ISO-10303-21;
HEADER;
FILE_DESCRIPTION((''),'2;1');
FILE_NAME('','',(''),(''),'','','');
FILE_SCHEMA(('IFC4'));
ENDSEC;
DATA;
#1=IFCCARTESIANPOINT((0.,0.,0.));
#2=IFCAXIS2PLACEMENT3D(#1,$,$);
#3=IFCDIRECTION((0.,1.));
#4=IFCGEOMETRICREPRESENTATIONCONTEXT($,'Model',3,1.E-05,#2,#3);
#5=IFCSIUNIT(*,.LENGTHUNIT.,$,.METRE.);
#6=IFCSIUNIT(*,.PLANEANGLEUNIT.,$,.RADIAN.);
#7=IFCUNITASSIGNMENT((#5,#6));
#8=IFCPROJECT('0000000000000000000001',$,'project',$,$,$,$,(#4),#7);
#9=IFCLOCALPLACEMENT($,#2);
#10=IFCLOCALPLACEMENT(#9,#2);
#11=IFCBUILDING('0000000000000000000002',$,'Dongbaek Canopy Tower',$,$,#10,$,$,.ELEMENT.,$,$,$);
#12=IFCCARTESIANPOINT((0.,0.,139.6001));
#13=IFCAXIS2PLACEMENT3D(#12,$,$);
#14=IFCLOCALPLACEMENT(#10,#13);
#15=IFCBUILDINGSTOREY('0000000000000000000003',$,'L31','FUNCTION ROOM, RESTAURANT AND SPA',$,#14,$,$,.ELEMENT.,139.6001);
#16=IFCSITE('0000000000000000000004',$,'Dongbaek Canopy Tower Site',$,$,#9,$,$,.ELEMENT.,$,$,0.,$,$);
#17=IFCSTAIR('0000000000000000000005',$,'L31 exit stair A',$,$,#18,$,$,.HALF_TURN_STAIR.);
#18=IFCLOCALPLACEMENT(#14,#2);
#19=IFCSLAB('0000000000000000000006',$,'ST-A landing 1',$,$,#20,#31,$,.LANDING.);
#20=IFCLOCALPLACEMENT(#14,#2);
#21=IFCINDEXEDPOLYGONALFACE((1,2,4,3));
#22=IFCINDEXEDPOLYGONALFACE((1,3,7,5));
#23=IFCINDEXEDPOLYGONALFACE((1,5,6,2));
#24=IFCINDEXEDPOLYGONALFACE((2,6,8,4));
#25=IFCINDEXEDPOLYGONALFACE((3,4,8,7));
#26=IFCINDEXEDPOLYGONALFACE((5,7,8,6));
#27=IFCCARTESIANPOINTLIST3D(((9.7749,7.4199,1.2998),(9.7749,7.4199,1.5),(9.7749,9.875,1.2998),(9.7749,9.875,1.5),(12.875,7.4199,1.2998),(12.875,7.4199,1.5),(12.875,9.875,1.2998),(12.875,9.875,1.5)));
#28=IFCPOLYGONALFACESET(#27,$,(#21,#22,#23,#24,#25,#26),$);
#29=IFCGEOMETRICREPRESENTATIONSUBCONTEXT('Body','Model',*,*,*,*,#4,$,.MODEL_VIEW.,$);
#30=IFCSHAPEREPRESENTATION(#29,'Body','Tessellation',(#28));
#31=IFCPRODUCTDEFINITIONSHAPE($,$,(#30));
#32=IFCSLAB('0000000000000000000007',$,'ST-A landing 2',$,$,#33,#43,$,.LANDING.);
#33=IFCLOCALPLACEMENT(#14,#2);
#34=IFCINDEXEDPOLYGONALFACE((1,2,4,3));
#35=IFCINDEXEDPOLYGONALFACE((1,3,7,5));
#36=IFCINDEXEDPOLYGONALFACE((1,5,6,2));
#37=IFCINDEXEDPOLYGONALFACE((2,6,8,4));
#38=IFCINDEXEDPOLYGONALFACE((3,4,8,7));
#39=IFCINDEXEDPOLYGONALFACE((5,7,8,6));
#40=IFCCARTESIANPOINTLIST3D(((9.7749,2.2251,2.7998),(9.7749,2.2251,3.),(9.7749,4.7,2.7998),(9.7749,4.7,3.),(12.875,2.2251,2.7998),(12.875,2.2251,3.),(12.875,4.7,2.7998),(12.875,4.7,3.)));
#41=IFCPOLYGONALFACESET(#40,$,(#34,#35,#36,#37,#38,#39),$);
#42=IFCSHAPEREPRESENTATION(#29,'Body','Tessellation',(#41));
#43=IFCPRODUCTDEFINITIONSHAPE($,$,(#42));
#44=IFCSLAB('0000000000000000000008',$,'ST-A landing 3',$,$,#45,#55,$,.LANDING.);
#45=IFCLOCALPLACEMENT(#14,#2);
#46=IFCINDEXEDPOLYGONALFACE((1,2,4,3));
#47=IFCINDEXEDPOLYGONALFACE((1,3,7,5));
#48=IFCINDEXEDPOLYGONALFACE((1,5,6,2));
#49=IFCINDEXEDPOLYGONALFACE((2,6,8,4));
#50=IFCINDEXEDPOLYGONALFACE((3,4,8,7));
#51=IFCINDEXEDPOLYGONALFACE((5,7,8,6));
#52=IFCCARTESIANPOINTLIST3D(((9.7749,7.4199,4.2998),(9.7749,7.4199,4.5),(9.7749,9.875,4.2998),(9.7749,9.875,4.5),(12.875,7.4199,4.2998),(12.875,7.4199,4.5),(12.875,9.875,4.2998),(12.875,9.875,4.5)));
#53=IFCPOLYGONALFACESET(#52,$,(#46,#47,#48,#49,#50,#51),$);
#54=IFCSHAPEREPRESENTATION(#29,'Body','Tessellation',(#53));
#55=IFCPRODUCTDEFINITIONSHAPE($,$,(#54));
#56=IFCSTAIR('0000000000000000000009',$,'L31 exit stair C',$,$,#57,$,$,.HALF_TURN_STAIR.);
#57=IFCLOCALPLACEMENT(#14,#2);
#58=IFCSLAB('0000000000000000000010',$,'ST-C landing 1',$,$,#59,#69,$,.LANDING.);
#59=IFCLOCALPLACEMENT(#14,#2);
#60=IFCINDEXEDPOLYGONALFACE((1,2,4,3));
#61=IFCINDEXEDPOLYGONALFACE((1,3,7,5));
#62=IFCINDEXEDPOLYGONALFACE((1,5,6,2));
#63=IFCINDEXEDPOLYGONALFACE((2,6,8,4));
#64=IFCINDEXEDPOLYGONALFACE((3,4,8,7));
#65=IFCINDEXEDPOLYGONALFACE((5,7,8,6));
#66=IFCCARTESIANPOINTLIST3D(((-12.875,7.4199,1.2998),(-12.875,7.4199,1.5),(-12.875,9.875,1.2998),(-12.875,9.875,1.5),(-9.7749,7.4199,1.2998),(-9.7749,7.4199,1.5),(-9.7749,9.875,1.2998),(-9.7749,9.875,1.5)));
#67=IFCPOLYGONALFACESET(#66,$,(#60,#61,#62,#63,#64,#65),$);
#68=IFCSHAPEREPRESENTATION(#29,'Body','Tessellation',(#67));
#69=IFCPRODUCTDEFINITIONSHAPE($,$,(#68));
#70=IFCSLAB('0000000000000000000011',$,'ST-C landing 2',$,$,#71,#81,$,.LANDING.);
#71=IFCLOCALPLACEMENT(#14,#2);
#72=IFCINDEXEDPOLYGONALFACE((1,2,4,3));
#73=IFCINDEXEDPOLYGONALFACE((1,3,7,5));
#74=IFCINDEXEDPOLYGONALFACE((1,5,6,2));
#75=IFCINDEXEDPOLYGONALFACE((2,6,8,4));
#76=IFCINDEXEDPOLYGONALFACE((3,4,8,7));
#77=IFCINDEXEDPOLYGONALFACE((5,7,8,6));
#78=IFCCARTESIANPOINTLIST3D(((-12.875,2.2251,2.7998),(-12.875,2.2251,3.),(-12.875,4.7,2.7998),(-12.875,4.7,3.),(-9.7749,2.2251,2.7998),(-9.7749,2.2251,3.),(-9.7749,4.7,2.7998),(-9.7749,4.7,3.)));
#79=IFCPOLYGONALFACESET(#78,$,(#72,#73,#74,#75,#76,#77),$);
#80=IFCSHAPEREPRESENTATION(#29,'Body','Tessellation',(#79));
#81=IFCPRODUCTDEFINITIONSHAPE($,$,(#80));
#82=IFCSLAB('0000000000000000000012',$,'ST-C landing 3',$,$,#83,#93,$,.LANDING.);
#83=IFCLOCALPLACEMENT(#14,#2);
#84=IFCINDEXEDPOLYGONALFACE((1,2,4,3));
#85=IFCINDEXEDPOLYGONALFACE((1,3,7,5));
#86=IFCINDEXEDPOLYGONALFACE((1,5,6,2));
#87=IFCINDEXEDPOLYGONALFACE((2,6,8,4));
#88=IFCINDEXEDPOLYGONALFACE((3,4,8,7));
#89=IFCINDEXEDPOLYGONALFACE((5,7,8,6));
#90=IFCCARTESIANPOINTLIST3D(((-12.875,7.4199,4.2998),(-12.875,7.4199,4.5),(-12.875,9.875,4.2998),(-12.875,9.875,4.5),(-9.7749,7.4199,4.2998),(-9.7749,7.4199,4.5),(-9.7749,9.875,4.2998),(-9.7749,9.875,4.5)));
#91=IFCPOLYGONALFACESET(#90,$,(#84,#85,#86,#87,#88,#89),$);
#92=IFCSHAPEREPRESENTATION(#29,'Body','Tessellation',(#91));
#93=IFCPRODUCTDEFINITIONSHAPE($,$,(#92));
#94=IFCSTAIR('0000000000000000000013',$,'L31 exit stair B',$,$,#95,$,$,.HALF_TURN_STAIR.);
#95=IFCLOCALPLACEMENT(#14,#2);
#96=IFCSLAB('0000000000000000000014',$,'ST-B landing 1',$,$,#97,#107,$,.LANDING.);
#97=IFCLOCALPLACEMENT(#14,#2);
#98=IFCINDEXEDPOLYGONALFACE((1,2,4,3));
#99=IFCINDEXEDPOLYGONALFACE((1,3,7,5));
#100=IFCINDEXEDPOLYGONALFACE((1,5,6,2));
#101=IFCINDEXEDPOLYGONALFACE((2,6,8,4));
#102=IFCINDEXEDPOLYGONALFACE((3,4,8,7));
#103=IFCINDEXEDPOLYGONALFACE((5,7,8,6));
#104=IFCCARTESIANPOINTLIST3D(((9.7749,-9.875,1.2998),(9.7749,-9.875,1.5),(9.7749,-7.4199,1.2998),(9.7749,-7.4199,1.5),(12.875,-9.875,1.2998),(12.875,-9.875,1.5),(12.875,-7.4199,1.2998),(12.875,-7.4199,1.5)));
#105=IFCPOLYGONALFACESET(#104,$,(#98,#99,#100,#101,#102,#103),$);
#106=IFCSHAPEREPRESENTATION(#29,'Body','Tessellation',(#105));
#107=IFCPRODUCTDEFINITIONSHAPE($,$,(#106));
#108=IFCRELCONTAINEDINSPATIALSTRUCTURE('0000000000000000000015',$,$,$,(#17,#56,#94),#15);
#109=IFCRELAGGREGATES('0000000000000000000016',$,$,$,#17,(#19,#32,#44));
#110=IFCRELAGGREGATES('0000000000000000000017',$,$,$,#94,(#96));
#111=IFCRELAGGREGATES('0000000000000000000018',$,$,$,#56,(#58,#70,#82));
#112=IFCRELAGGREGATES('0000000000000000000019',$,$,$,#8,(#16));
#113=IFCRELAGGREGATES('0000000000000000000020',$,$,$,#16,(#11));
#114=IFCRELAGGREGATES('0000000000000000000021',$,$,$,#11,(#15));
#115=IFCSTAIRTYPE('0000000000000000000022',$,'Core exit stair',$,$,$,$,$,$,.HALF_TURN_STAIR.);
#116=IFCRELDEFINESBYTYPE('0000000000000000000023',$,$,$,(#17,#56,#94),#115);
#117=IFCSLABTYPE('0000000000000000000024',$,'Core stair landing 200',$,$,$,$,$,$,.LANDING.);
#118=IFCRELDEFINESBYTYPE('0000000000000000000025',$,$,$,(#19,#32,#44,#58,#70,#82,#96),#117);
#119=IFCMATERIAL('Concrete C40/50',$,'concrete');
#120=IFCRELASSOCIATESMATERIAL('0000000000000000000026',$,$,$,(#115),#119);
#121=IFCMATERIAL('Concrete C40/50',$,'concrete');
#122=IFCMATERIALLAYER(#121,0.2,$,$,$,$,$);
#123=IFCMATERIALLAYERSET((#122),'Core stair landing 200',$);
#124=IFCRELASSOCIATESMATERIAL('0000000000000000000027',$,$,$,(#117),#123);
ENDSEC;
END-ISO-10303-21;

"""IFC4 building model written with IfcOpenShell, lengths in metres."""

from ifc_helpers import new_model, si_unit, direction, frame, origin, place, context, subcontext, project, spatial, polyline, outline, extrude, material, layer, layer_set, type_object, element, aggregate, save


model = new_model("IFC4")

# Units and contexts
model_context = context("Model", 3, precision=1e-05, world=origin(), true_north=direction((0.0, 1.0)))
body_context = subcontext(model_context, "Body", "Model", "MODEL_VIEW")
ifc_project = project(units=[si_unit("LENGTHUNIT", "METRE"), si_unit("PLANEANGLEUNIT", "RADIAN")], contexts=[model_context])

# Site, building, storey
site_placement = place(None, origin())
site = spatial("IfcSite", under=ifc_project, at=site_placement, Name="Dongbaek Canopy Tower Site", CompositionType="ELEMENT", RefElevation=0.0)
building_placement = place(site_placement, origin())
building = spatial("IfcBuilding", under=site, at=building_placement, Name="Dongbaek Canopy Tower", CompositionType="ELEMENT")
storey_placement = place(building_placement, frame((0.0, 0.0, 139.6001)))
storey = spatial("IfcBuildingStorey", under=building, at=storey_placement, Name="L31", Description="FUNCTION ROOM, RESTAURANT AND SPA", CompositionType="ELEMENT", Elevation=139.6001)

# Stairs, slabs
ifc_material_1 = material(Name="Concrete C40/50", Category="concrete")
stair_type = type_object("IfcStairType", Name="Core exit stair", PredefinedType="HALF_TURN_STAIR", material=ifc_material_1)
stair_1_placement = place(storey_placement, origin())
stair_1 = element("IfcStair", 1, at=stair_1_placement, inside=storey, type_object=stair_type, Name="L31 exit stair A", PredefinedType="HALF_TURN_STAIR")
ifc_material_2 = material(Name="Concrete C40/50", Category="concrete")
ifc_layer_1 = layer(ifc_material_2, 0.2)
ifc_layer_set_1 = layer_set([ifc_layer_1], Name="Core stair landing 200")
slab_type = type_object("IfcSlabType", Name="Core stair landing 200", PredefinedType="LANDING", material=ifc_layer_set_1)
slab_1_placement = place(storey_placement, frame((0.0, 0.0, 1.2998)))
slab_1 = element("IfcSlab", 2, at=slab_1_placement, type_object=slab_type, Name="ST-A landing 1", PredefinedType="LANDING", context=body_context, shape_type="SweptSolid", body=[
    extrude(outline(polyline([(12.875, 7.4199), (12.875, 9.875), (9.7749, 9.875), (9.7749, 7.4199), (12.875, 7.4199)])), origin(), (0.0, 0.0, 1.0), 0.2002),
])
slab_2_placement = place(storey_placement, frame((0.0, 0.0, 2.7998)))
slab_2 = element("IfcSlab", 3, at=slab_2_placement, type_object=slab_type, Name="ST-A landing 2", PredefinedType="LANDING", context=body_context, shape_type="SweptSolid", body=[
    extrude(outline(polyline([(12.875, 2.2251), (12.875, 4.7), (9.7749, 4.7), (9.7749, 2.2251), (12.875, 2.2251)])), origin(), (0.0, 0.0, 1.0), 0.2002),
])
slab_3_placement = place(storey_placement, frame((0.0, 0.0, 4.2998)))
slab_3 = element("IfcSlab", 4, at=slab_3_placement, type_object=slab_type, Name="ST-A landing 3", PredefinedType="LANDING", context=body_context, shape_type="SweptSolid", body=[
    extrude(outline(polyline([(12.875, 7.4199), (12.875, 9.875), (9.7749, 9.875), (9.7749, 7.4199), (12.875, 7.4199)])), origin(), (0.0, 0.0, 1.0), 0.2002),
])
aggregate(stair_1, [slab_1, slab_2, slab_3])
stair_2_placement = place(storey_placement, origin())
stair_2 = element("IfcStair", 5, at=stair_2_placement, inside=storey, type_object=stair_type, Name="L31 exit stair C", PredefinedType="HALF_TURN_STAIR")
slab_4_placement = place(storey_placement, frame((0.0, 0.0, 1.2998)))
slab_4 = element("IfcSlab", 6, at=slab_4_placement, type_object=slab_type, Name="ST-C landing 1", PredefinedType="LANDING", context=body_context, shape_type="SweptSolid", body=[
    extrude(outline(polyline([(-9.7749, 7.4199), (-9.7749, 9.875), (-12.875, 9.875), (-12.875, 7.4199), (-9.7749, 7.4199)])), origin(), (0.0, 0.0, 1.0), 0.2002),
])
slab_5_placement = place(storey_placement, frame((0.0, 0.0, 2.7998)))
slab_5 = element("IfcSlab", 7, at=slab_5_placement, type_object=slab_type, Name="ST-C landing 2", PredefinedType="LANDING", context=body_context, shape_type="SweptSolid", body=[
    extrude(outline(polyline([(-9.7749, 2.2251), (-9.7749, 4.7), (-12.875, 4.7), (-12.875, 2.2251), (-9.7749, 2.2251)])), origin(), (0.0, 0.0, 1.0), 0.2002),
])
slab_6_placement = place(storey_placement, frame((0.0, 0.0, 4.2998)))
slab_6 = element("IfcSlab", 8, at=slab_6_placement, type_object=slab_type, Name="ST-C landing 3", PredefinedType="LANDING", context=body_context, shape_type="SweptSolid", body=[
    extrude(outline(polyline([(-9.7749, 7.4199), (-9.7749, 9.875), (-12.875, 9.875), (-12.875, 7.4199), (-9.7749, 7.4199)])), origin(), (0.0, 0.0, 1.0), 0.2002),
])

# Stair, slab
stair_3_placement = place(storey_placement, origin())
stair_3 = element("IfcStair", 9, at=stair_3_placement, inside=storey, type_object=stair_type, Name="L31 exit stair B", PredefinedType="HALF_TURN_STAIR")
slab_7_placement = place(storey_placement, frame((0.0, 0.0, 1.2998)))
slab_7 = element("IfcSlab", 10, at=slab_7_placement, type_object=slab_type, Name="ST-B landing 1", PredefinedType="LANDING", context=body_context, shape_type="SweptSolid", body=[
    extrude(outline(polyline([(9.7749, -7.4199), (9.7749, -9.875), (12.875, -9.875), (12.875, -7.4199), (9.7749, -7.4199)])), origin(), (0.0, 0.0, 1.0), 0.2002),
])
aggregate(stair_3, [slab_7])

aggregate(stair_2, [slab_4, slab_5, slab_6])

save(model, "model.ifc")
